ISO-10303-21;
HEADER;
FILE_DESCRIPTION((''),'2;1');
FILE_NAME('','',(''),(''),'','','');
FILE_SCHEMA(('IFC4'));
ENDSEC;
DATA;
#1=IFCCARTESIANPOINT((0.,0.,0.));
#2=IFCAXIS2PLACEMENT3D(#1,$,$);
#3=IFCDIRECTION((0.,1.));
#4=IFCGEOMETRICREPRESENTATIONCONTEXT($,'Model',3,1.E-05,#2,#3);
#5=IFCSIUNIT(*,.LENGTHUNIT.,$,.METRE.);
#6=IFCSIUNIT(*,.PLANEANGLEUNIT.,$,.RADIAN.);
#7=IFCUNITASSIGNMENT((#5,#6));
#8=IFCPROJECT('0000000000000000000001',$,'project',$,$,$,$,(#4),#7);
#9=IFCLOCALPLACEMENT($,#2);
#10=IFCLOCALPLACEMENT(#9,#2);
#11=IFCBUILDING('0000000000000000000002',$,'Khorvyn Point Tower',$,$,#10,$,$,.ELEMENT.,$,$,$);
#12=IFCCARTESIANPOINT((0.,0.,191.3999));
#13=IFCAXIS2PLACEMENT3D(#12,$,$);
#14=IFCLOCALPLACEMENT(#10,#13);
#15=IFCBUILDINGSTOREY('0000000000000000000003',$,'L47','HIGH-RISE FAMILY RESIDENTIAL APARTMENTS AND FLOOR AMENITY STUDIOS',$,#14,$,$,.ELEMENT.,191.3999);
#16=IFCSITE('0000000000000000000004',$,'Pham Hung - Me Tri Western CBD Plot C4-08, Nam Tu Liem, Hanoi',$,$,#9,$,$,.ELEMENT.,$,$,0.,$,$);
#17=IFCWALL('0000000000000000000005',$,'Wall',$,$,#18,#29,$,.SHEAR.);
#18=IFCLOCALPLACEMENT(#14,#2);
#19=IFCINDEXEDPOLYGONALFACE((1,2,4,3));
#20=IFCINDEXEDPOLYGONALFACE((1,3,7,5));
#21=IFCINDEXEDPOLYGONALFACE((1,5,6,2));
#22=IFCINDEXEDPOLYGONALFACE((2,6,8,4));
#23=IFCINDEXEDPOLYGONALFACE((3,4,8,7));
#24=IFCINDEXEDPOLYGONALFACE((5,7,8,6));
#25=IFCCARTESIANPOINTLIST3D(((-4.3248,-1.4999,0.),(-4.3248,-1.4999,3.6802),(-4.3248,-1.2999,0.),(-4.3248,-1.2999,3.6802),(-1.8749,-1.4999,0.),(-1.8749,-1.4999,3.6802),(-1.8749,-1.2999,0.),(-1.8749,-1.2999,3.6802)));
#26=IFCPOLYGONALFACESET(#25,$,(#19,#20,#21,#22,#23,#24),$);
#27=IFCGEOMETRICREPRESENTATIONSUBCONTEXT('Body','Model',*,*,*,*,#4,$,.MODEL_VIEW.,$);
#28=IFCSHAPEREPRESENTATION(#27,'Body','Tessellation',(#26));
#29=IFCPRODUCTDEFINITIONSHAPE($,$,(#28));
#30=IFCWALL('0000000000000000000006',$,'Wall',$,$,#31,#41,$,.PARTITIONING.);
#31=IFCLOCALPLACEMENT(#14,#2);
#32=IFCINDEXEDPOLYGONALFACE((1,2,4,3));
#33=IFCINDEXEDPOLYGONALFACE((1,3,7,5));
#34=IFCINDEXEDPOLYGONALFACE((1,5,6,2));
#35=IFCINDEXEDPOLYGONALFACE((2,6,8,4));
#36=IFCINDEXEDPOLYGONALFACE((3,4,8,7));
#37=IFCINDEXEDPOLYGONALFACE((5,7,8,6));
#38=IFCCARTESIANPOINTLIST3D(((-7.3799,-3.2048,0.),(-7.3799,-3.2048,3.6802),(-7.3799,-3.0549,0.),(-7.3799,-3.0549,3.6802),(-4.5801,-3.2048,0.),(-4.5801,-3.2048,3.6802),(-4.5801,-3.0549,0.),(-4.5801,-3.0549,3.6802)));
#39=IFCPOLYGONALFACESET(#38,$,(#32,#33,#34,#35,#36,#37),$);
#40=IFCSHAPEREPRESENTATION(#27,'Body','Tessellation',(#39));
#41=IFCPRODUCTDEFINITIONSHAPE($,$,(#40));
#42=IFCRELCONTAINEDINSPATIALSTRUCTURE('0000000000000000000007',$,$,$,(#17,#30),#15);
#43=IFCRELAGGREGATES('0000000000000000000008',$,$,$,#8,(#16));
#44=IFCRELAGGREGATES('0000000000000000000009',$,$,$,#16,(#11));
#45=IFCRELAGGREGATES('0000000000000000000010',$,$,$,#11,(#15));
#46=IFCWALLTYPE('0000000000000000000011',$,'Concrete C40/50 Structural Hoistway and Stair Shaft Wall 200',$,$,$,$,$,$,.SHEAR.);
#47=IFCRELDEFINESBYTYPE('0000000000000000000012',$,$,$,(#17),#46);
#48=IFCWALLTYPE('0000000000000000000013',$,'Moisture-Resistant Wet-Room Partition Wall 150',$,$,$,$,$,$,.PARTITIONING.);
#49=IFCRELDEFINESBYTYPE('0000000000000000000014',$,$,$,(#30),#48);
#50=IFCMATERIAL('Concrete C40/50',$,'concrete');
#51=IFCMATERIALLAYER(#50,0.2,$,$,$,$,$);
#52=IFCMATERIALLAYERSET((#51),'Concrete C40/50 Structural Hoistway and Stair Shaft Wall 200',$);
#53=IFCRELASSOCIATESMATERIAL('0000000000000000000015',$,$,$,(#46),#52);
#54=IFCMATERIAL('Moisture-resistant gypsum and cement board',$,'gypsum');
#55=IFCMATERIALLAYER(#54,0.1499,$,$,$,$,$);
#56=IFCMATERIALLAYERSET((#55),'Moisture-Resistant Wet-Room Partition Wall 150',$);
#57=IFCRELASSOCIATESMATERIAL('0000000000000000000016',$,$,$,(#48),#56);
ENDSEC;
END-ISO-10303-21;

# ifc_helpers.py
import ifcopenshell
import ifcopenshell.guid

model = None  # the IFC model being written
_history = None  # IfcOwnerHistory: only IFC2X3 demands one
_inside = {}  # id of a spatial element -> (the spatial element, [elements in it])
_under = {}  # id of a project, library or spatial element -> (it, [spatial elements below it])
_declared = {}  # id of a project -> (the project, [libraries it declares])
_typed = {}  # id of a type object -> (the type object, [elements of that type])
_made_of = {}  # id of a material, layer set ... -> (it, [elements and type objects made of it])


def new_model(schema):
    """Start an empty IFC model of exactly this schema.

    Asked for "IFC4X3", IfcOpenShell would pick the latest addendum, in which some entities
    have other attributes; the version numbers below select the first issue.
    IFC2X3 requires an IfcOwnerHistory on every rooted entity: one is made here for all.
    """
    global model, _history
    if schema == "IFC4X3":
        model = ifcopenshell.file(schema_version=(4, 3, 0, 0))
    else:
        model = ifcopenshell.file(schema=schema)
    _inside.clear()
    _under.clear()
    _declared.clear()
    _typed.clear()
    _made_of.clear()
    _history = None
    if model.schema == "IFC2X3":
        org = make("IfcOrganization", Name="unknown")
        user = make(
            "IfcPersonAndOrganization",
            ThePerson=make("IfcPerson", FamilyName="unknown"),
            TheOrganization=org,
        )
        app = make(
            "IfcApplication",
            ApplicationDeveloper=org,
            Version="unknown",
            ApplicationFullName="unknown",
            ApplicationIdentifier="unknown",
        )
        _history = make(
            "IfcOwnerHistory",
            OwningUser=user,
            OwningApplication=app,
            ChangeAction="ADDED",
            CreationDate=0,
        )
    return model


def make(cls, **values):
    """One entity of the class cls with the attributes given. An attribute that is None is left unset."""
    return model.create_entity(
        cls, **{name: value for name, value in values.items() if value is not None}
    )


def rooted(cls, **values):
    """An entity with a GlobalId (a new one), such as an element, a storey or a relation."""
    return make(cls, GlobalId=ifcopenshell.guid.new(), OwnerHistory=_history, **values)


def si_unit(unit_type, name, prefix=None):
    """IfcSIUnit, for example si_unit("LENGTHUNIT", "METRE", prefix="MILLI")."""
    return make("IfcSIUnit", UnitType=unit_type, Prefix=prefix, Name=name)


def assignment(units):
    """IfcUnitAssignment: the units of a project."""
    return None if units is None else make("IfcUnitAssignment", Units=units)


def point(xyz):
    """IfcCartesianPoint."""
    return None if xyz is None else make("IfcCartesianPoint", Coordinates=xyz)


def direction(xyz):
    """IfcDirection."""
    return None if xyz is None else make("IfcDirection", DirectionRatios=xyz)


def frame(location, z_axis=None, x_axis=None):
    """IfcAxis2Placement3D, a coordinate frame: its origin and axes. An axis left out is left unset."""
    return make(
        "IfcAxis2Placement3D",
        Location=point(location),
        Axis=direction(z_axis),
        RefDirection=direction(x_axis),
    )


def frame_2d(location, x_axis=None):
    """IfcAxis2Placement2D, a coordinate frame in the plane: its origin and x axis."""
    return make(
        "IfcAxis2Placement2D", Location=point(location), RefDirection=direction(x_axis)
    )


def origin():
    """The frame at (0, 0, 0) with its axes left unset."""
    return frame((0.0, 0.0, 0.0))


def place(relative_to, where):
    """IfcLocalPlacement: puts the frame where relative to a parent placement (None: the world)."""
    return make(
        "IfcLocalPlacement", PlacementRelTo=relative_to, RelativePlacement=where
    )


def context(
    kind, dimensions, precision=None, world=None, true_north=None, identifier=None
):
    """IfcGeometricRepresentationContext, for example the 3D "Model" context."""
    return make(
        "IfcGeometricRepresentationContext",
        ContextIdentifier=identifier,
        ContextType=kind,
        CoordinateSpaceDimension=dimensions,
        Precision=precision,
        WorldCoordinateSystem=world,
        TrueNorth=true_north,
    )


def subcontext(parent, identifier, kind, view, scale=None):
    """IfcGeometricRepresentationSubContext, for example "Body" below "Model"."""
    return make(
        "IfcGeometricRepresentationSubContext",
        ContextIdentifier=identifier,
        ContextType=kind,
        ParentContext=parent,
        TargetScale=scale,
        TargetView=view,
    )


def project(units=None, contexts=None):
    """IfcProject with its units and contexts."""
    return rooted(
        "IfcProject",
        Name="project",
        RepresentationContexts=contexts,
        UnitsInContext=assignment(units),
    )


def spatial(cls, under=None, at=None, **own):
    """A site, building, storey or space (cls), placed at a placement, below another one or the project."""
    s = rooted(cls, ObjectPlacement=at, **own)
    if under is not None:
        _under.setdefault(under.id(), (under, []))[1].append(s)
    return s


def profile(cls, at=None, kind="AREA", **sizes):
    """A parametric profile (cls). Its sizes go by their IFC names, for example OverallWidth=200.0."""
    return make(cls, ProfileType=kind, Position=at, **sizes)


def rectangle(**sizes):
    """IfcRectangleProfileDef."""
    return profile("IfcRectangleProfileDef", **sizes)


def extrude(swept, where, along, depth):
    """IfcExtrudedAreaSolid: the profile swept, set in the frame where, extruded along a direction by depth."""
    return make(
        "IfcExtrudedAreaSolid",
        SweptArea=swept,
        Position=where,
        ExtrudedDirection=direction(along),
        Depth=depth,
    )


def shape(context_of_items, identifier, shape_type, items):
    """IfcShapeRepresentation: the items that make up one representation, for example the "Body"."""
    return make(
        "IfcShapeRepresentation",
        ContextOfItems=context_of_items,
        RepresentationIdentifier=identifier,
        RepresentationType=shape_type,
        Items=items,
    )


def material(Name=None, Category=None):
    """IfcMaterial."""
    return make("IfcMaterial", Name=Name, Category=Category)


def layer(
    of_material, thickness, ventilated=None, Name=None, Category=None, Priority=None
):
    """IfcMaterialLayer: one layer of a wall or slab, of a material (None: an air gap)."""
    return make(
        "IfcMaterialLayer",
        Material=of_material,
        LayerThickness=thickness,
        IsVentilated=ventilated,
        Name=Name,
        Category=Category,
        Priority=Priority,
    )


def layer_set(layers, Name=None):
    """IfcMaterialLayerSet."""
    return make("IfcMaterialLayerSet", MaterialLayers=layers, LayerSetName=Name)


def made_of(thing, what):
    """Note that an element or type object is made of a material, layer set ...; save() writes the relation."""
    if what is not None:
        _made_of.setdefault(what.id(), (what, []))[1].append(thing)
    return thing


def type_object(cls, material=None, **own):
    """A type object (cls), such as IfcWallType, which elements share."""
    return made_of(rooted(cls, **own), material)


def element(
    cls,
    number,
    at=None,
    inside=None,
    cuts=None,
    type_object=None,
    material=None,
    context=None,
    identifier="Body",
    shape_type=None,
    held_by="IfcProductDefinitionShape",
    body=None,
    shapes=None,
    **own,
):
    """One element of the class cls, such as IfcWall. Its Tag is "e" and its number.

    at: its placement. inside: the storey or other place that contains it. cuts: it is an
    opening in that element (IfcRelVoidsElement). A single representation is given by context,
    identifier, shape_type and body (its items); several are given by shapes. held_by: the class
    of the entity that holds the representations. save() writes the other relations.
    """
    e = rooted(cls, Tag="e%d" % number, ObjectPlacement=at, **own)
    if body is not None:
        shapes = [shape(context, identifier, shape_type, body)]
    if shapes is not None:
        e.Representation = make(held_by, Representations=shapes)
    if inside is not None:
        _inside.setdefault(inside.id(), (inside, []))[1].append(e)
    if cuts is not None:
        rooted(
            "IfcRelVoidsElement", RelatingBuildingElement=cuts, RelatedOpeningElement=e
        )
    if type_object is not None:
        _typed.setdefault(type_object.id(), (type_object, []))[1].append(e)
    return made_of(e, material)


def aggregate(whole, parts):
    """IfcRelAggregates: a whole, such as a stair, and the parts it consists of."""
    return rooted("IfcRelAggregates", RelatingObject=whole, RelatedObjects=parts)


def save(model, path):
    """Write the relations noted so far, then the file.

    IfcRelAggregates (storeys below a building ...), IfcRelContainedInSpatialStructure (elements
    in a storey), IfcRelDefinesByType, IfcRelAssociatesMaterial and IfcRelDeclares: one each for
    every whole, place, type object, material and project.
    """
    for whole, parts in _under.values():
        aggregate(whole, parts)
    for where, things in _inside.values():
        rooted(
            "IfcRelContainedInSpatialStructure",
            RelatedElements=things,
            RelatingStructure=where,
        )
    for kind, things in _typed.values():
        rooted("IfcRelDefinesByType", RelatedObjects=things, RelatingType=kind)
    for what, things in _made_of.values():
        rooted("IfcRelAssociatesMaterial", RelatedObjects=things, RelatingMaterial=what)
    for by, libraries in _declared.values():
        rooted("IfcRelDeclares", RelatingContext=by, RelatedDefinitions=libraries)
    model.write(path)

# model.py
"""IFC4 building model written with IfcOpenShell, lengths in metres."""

from ifc_helpers import new_model, si_unit, direction, frame, frame_2d, origin, place, context, subcontext, project, spatial, rectangle, extrude, material, layer, layer_set, type_object, element, save


model = new_model("IFC4")

# Units and contexts
model_context = context("Model", 3, precision=1e-05, world=origin(), true_north=direction((0.0, 1.0)))
body_context = subcontext(model_context, "Body", "Model", "MODEL_VIEW")
ifc_project = project(units=[si_unit("LENGTHUNIT", "METRE"), si_unit("PLANEANGLEUNIT", "RADIAN")], contexts=[model_context])

# Site, building, storey
site_placement = place(None, origin())
site = spatial("IfcSite", under=ifc_project, at=site_placement, Name="Pham Hung - Me Tri Western CBD Plot C4-08, Nam Tu Liem, Hanoi", CompositionType="ELEMENT", RefElevation=0.0)
building_placement = place(site_placement, origin())
building = spatial("IfcBuilding", under=site, at=building_placement, Name="Khorvyn Point Tower", CompositionType="ELEMENT")
storey_placement = place(building_placement, frame((0.0, 0.0, 191.3999)))
storey = spatial("IfcBuildingStorey", under=building, at=storey_placement, Name="L47", Description="HIGH-RISE FAMILY RESIDENTIAL APARTMENTS AND FLOOR AMENITY STUDIOS", CompositionType="ELEMENT", Elevation=191.3999)

# Shared definitions
ifc_material_1 = material(Name="Concrete C40/50", Category="concrete")

# Shared definitions
ifc_layer_1 = layer(ifc_material_1, 0.2)
ifc_layer_set_1 = layer_set([ifc_layer_1], Name="Concrete C40/50 Structural Hoistway and Stair Shaft Wall 200")
wall_type_1 = type_object("IfcWallType", Name="Concrete C40/50 Structural Hoistway and Stair Shaft Wall 200", PredefinedType="SHEAR", material=ifc_layer_set_1)

# Walls
wall_1_placement = place(storey_placement, frame((-4.325, -1.3999, 0.0), z_axis=(0.0, 0.0, 1.0), x_axis=(1.0, 0.0, 0.0)))
element("IfcWall", 1, at=wall_1_placement, inside=storey, type_object=wall_type_1, Name="Wall", PredefinedType="SHEAR", context=body_context, shape_type="SweptSolid", body=[
    extrude(rectangle(XDim=2.45, YDim=0.2, at=frame_2d((1.2251, 0.0))), origin(), (0.0, 0.0, 1.0), 3.6802),
])
ifc_material_2 = material(Name="Moisture-resistant gypsum and cement board", Category="gypsum")
ifc_layer_2 = layer(ifc_material_2, 0.1499)
ifc_layer_set_2 = layer_set([ifc_layer_2], Name="Moisture-Resistant Wet-Room Partition Wall 150")
wall_type_2 = type_object("IfcWallType", Name="Moisture-Resistant Wet-Room Partition Wall 150", PredefinedType="PARTITIONING", material=ifc_layer_set_2)
wall_2_placement = place(storey_placement, frame((-7.3799, -3.1299, 0.0), z_axis=(0.0, 0.0, 1.0), x_axis=(1.0, 0.0, 0.0)))
element("IfcWall", 2, at=wall_2_placement, inside=storey, type_object=wall_type_2, Name="Wall", PredefinedType="PARTITIONING", context=body_context, shape_type="SweptSolid", body=[
    extrude(rectangle(XDim=2.7998, YDim=0.1499, at=frame_2d((1.3999, 0.0))), origin(), (0.0, 0.0, 1.0), 3.6802),
])

save(model, "model.ifc")
